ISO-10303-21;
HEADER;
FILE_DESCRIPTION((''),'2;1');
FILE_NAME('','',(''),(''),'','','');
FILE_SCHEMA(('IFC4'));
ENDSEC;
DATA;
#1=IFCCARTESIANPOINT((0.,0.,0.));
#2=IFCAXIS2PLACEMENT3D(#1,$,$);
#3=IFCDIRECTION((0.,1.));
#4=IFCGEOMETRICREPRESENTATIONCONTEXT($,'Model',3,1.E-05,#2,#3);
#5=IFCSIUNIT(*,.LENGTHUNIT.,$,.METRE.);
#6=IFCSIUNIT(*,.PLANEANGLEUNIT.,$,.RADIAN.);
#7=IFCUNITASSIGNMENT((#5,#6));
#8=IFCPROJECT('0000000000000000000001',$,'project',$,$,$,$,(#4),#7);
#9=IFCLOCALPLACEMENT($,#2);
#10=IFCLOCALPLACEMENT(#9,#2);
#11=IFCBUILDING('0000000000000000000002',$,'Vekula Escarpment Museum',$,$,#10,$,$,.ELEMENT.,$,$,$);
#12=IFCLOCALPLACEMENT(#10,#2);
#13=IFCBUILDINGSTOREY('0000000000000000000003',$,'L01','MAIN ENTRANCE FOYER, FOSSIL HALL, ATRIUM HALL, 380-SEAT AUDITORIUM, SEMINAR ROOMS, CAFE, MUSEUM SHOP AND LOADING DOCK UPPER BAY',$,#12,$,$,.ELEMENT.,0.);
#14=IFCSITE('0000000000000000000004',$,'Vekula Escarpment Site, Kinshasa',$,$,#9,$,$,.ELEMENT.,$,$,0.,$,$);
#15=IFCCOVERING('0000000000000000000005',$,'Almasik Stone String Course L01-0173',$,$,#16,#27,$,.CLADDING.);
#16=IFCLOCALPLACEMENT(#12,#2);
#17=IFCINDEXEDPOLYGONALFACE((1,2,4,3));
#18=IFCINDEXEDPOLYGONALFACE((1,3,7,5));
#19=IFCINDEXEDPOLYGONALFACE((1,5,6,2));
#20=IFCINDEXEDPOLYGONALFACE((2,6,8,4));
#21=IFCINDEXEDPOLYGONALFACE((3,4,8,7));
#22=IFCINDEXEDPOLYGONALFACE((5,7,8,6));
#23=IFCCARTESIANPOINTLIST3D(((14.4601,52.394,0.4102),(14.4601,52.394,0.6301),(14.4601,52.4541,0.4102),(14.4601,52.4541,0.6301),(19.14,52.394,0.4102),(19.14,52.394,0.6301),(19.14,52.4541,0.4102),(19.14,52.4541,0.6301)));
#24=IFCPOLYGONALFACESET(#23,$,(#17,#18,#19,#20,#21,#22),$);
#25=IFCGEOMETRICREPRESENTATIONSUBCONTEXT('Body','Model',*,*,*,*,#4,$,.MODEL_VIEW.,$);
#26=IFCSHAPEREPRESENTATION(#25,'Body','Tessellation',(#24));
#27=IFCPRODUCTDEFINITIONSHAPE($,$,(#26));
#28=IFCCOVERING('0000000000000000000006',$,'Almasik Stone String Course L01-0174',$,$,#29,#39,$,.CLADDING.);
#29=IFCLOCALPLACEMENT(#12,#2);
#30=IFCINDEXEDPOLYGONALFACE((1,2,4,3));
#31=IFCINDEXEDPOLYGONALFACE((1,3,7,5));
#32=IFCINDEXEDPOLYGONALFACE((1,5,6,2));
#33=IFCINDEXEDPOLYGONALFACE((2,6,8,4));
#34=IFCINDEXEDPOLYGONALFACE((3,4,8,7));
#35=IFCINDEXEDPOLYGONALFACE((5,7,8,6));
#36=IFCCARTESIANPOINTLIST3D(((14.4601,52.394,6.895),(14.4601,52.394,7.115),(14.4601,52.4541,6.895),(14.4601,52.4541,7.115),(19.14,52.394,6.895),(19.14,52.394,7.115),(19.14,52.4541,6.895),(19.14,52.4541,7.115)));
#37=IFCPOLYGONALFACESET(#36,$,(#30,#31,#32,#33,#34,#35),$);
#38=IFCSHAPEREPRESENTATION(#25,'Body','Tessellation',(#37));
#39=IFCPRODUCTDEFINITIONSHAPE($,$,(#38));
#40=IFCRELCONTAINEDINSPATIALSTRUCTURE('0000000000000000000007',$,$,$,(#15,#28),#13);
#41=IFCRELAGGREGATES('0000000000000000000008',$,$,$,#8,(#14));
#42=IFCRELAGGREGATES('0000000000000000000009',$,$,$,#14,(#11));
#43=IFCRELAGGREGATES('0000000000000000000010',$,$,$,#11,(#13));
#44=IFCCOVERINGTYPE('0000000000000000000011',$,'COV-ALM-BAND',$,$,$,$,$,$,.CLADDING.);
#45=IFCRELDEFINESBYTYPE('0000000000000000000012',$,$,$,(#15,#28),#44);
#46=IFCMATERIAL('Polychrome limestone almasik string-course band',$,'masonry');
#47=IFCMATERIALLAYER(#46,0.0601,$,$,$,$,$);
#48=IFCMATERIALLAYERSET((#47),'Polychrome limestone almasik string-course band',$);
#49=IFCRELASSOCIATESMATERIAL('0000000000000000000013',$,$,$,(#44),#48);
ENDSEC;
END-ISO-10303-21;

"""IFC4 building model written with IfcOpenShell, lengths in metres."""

from ifc_helpers import new_model, si_unit, direction, frame, origin, origin_2d, place, context, subcontext, project, spatial, rectangle, extrude, material, layer, layer_set, type_object, element, save


model = new_model("IFC4")

# Units and contexts
model_context = context("Model", 3, precision=1e-05, world=origin(), true_north=direction((0.0, 1.0)))
body_context = subcontext(model_context, "Body", "Model", "MODEL_VIEW")
ifc_project = project(units=[si_unit("LENGTHUNIT", "METRE"), si_unit("PLANEANGLEUNIT", "RADIAN")], contexts=[model_context])

# Site, building, storey
site_placement = place(None, origin())
site = spatial("IfcSite", under=ifc_project, at=site_placement, Name="Vekula Escarpment Site, Kinshasa", CompositionType="ELEMENT", RefElevation=0.0)
building_placement = place(site_placement, origin())
building = spatial("IfcBuilding", under=site, at=building_placement, Name="Vekula Escarpment Museum", CompositionType="ELEMENT")
storey_placement = place(building_placement, origin())
storey = spatial("IfcBuildingStorey", under=building, at=storey_placement, Name="L01", Description="MAIN ENTRANCE FOYER, FOSSIL HALL, ATRIUM HALL, 380-SEAT AUDITORIUM, SEMINAR ROOMS, CAFE, MUSEUM SHOP AND LOADING DOCK UPPER BAY", CompositionType="ELEMENT", Elevation=0.0)

# Coverings
ifc_material_1 = material(Name="Polychrome limestone almasik string-course band", Category="masonry")
ifc_layer_1 = layer(ifc_material_1, 0.0601)
ifc_layer_set_1 = layer_set([ifc_layer_1], Name="Polychrome limestone almasik string-course band")
covering_type = type_object("IfcCoveringType", Name="COV-ALM-BAND", PredefinedType="CLADDING", material=ifc_layer_set_1)
for number, where, z_axis, x_axis, name in (
    (1, (16.8, 52.4241, 0.4102), (0.0, 0.0, 1.0), (1.0, 0.0, 0.0), "Almasik Stone String Course L01-0173"),
    (2, (16.8, 52.4241, 6.895), (0.0, 0.0, 1.0), (1.0, 0.0, 0.0), "Almasik Stone String Course L01-0174"),
):
    element("IfcCovering", number, at=place(storey_placement, frame(where, z_axis=z_axis, x_axis=x_axis)), inside=storey, type_object=covering_type, Name=name, PredefinedType="CLADDING", context=body_context, shape_type="SweptSolid", body=[
        extrude(rectangle(XDim=4.6799, YDim=0.0601, at=origin_2d()), origin(), (0.0, 0.0, 1.0), 0.22),
    ])

save(model, "model.ifc")
